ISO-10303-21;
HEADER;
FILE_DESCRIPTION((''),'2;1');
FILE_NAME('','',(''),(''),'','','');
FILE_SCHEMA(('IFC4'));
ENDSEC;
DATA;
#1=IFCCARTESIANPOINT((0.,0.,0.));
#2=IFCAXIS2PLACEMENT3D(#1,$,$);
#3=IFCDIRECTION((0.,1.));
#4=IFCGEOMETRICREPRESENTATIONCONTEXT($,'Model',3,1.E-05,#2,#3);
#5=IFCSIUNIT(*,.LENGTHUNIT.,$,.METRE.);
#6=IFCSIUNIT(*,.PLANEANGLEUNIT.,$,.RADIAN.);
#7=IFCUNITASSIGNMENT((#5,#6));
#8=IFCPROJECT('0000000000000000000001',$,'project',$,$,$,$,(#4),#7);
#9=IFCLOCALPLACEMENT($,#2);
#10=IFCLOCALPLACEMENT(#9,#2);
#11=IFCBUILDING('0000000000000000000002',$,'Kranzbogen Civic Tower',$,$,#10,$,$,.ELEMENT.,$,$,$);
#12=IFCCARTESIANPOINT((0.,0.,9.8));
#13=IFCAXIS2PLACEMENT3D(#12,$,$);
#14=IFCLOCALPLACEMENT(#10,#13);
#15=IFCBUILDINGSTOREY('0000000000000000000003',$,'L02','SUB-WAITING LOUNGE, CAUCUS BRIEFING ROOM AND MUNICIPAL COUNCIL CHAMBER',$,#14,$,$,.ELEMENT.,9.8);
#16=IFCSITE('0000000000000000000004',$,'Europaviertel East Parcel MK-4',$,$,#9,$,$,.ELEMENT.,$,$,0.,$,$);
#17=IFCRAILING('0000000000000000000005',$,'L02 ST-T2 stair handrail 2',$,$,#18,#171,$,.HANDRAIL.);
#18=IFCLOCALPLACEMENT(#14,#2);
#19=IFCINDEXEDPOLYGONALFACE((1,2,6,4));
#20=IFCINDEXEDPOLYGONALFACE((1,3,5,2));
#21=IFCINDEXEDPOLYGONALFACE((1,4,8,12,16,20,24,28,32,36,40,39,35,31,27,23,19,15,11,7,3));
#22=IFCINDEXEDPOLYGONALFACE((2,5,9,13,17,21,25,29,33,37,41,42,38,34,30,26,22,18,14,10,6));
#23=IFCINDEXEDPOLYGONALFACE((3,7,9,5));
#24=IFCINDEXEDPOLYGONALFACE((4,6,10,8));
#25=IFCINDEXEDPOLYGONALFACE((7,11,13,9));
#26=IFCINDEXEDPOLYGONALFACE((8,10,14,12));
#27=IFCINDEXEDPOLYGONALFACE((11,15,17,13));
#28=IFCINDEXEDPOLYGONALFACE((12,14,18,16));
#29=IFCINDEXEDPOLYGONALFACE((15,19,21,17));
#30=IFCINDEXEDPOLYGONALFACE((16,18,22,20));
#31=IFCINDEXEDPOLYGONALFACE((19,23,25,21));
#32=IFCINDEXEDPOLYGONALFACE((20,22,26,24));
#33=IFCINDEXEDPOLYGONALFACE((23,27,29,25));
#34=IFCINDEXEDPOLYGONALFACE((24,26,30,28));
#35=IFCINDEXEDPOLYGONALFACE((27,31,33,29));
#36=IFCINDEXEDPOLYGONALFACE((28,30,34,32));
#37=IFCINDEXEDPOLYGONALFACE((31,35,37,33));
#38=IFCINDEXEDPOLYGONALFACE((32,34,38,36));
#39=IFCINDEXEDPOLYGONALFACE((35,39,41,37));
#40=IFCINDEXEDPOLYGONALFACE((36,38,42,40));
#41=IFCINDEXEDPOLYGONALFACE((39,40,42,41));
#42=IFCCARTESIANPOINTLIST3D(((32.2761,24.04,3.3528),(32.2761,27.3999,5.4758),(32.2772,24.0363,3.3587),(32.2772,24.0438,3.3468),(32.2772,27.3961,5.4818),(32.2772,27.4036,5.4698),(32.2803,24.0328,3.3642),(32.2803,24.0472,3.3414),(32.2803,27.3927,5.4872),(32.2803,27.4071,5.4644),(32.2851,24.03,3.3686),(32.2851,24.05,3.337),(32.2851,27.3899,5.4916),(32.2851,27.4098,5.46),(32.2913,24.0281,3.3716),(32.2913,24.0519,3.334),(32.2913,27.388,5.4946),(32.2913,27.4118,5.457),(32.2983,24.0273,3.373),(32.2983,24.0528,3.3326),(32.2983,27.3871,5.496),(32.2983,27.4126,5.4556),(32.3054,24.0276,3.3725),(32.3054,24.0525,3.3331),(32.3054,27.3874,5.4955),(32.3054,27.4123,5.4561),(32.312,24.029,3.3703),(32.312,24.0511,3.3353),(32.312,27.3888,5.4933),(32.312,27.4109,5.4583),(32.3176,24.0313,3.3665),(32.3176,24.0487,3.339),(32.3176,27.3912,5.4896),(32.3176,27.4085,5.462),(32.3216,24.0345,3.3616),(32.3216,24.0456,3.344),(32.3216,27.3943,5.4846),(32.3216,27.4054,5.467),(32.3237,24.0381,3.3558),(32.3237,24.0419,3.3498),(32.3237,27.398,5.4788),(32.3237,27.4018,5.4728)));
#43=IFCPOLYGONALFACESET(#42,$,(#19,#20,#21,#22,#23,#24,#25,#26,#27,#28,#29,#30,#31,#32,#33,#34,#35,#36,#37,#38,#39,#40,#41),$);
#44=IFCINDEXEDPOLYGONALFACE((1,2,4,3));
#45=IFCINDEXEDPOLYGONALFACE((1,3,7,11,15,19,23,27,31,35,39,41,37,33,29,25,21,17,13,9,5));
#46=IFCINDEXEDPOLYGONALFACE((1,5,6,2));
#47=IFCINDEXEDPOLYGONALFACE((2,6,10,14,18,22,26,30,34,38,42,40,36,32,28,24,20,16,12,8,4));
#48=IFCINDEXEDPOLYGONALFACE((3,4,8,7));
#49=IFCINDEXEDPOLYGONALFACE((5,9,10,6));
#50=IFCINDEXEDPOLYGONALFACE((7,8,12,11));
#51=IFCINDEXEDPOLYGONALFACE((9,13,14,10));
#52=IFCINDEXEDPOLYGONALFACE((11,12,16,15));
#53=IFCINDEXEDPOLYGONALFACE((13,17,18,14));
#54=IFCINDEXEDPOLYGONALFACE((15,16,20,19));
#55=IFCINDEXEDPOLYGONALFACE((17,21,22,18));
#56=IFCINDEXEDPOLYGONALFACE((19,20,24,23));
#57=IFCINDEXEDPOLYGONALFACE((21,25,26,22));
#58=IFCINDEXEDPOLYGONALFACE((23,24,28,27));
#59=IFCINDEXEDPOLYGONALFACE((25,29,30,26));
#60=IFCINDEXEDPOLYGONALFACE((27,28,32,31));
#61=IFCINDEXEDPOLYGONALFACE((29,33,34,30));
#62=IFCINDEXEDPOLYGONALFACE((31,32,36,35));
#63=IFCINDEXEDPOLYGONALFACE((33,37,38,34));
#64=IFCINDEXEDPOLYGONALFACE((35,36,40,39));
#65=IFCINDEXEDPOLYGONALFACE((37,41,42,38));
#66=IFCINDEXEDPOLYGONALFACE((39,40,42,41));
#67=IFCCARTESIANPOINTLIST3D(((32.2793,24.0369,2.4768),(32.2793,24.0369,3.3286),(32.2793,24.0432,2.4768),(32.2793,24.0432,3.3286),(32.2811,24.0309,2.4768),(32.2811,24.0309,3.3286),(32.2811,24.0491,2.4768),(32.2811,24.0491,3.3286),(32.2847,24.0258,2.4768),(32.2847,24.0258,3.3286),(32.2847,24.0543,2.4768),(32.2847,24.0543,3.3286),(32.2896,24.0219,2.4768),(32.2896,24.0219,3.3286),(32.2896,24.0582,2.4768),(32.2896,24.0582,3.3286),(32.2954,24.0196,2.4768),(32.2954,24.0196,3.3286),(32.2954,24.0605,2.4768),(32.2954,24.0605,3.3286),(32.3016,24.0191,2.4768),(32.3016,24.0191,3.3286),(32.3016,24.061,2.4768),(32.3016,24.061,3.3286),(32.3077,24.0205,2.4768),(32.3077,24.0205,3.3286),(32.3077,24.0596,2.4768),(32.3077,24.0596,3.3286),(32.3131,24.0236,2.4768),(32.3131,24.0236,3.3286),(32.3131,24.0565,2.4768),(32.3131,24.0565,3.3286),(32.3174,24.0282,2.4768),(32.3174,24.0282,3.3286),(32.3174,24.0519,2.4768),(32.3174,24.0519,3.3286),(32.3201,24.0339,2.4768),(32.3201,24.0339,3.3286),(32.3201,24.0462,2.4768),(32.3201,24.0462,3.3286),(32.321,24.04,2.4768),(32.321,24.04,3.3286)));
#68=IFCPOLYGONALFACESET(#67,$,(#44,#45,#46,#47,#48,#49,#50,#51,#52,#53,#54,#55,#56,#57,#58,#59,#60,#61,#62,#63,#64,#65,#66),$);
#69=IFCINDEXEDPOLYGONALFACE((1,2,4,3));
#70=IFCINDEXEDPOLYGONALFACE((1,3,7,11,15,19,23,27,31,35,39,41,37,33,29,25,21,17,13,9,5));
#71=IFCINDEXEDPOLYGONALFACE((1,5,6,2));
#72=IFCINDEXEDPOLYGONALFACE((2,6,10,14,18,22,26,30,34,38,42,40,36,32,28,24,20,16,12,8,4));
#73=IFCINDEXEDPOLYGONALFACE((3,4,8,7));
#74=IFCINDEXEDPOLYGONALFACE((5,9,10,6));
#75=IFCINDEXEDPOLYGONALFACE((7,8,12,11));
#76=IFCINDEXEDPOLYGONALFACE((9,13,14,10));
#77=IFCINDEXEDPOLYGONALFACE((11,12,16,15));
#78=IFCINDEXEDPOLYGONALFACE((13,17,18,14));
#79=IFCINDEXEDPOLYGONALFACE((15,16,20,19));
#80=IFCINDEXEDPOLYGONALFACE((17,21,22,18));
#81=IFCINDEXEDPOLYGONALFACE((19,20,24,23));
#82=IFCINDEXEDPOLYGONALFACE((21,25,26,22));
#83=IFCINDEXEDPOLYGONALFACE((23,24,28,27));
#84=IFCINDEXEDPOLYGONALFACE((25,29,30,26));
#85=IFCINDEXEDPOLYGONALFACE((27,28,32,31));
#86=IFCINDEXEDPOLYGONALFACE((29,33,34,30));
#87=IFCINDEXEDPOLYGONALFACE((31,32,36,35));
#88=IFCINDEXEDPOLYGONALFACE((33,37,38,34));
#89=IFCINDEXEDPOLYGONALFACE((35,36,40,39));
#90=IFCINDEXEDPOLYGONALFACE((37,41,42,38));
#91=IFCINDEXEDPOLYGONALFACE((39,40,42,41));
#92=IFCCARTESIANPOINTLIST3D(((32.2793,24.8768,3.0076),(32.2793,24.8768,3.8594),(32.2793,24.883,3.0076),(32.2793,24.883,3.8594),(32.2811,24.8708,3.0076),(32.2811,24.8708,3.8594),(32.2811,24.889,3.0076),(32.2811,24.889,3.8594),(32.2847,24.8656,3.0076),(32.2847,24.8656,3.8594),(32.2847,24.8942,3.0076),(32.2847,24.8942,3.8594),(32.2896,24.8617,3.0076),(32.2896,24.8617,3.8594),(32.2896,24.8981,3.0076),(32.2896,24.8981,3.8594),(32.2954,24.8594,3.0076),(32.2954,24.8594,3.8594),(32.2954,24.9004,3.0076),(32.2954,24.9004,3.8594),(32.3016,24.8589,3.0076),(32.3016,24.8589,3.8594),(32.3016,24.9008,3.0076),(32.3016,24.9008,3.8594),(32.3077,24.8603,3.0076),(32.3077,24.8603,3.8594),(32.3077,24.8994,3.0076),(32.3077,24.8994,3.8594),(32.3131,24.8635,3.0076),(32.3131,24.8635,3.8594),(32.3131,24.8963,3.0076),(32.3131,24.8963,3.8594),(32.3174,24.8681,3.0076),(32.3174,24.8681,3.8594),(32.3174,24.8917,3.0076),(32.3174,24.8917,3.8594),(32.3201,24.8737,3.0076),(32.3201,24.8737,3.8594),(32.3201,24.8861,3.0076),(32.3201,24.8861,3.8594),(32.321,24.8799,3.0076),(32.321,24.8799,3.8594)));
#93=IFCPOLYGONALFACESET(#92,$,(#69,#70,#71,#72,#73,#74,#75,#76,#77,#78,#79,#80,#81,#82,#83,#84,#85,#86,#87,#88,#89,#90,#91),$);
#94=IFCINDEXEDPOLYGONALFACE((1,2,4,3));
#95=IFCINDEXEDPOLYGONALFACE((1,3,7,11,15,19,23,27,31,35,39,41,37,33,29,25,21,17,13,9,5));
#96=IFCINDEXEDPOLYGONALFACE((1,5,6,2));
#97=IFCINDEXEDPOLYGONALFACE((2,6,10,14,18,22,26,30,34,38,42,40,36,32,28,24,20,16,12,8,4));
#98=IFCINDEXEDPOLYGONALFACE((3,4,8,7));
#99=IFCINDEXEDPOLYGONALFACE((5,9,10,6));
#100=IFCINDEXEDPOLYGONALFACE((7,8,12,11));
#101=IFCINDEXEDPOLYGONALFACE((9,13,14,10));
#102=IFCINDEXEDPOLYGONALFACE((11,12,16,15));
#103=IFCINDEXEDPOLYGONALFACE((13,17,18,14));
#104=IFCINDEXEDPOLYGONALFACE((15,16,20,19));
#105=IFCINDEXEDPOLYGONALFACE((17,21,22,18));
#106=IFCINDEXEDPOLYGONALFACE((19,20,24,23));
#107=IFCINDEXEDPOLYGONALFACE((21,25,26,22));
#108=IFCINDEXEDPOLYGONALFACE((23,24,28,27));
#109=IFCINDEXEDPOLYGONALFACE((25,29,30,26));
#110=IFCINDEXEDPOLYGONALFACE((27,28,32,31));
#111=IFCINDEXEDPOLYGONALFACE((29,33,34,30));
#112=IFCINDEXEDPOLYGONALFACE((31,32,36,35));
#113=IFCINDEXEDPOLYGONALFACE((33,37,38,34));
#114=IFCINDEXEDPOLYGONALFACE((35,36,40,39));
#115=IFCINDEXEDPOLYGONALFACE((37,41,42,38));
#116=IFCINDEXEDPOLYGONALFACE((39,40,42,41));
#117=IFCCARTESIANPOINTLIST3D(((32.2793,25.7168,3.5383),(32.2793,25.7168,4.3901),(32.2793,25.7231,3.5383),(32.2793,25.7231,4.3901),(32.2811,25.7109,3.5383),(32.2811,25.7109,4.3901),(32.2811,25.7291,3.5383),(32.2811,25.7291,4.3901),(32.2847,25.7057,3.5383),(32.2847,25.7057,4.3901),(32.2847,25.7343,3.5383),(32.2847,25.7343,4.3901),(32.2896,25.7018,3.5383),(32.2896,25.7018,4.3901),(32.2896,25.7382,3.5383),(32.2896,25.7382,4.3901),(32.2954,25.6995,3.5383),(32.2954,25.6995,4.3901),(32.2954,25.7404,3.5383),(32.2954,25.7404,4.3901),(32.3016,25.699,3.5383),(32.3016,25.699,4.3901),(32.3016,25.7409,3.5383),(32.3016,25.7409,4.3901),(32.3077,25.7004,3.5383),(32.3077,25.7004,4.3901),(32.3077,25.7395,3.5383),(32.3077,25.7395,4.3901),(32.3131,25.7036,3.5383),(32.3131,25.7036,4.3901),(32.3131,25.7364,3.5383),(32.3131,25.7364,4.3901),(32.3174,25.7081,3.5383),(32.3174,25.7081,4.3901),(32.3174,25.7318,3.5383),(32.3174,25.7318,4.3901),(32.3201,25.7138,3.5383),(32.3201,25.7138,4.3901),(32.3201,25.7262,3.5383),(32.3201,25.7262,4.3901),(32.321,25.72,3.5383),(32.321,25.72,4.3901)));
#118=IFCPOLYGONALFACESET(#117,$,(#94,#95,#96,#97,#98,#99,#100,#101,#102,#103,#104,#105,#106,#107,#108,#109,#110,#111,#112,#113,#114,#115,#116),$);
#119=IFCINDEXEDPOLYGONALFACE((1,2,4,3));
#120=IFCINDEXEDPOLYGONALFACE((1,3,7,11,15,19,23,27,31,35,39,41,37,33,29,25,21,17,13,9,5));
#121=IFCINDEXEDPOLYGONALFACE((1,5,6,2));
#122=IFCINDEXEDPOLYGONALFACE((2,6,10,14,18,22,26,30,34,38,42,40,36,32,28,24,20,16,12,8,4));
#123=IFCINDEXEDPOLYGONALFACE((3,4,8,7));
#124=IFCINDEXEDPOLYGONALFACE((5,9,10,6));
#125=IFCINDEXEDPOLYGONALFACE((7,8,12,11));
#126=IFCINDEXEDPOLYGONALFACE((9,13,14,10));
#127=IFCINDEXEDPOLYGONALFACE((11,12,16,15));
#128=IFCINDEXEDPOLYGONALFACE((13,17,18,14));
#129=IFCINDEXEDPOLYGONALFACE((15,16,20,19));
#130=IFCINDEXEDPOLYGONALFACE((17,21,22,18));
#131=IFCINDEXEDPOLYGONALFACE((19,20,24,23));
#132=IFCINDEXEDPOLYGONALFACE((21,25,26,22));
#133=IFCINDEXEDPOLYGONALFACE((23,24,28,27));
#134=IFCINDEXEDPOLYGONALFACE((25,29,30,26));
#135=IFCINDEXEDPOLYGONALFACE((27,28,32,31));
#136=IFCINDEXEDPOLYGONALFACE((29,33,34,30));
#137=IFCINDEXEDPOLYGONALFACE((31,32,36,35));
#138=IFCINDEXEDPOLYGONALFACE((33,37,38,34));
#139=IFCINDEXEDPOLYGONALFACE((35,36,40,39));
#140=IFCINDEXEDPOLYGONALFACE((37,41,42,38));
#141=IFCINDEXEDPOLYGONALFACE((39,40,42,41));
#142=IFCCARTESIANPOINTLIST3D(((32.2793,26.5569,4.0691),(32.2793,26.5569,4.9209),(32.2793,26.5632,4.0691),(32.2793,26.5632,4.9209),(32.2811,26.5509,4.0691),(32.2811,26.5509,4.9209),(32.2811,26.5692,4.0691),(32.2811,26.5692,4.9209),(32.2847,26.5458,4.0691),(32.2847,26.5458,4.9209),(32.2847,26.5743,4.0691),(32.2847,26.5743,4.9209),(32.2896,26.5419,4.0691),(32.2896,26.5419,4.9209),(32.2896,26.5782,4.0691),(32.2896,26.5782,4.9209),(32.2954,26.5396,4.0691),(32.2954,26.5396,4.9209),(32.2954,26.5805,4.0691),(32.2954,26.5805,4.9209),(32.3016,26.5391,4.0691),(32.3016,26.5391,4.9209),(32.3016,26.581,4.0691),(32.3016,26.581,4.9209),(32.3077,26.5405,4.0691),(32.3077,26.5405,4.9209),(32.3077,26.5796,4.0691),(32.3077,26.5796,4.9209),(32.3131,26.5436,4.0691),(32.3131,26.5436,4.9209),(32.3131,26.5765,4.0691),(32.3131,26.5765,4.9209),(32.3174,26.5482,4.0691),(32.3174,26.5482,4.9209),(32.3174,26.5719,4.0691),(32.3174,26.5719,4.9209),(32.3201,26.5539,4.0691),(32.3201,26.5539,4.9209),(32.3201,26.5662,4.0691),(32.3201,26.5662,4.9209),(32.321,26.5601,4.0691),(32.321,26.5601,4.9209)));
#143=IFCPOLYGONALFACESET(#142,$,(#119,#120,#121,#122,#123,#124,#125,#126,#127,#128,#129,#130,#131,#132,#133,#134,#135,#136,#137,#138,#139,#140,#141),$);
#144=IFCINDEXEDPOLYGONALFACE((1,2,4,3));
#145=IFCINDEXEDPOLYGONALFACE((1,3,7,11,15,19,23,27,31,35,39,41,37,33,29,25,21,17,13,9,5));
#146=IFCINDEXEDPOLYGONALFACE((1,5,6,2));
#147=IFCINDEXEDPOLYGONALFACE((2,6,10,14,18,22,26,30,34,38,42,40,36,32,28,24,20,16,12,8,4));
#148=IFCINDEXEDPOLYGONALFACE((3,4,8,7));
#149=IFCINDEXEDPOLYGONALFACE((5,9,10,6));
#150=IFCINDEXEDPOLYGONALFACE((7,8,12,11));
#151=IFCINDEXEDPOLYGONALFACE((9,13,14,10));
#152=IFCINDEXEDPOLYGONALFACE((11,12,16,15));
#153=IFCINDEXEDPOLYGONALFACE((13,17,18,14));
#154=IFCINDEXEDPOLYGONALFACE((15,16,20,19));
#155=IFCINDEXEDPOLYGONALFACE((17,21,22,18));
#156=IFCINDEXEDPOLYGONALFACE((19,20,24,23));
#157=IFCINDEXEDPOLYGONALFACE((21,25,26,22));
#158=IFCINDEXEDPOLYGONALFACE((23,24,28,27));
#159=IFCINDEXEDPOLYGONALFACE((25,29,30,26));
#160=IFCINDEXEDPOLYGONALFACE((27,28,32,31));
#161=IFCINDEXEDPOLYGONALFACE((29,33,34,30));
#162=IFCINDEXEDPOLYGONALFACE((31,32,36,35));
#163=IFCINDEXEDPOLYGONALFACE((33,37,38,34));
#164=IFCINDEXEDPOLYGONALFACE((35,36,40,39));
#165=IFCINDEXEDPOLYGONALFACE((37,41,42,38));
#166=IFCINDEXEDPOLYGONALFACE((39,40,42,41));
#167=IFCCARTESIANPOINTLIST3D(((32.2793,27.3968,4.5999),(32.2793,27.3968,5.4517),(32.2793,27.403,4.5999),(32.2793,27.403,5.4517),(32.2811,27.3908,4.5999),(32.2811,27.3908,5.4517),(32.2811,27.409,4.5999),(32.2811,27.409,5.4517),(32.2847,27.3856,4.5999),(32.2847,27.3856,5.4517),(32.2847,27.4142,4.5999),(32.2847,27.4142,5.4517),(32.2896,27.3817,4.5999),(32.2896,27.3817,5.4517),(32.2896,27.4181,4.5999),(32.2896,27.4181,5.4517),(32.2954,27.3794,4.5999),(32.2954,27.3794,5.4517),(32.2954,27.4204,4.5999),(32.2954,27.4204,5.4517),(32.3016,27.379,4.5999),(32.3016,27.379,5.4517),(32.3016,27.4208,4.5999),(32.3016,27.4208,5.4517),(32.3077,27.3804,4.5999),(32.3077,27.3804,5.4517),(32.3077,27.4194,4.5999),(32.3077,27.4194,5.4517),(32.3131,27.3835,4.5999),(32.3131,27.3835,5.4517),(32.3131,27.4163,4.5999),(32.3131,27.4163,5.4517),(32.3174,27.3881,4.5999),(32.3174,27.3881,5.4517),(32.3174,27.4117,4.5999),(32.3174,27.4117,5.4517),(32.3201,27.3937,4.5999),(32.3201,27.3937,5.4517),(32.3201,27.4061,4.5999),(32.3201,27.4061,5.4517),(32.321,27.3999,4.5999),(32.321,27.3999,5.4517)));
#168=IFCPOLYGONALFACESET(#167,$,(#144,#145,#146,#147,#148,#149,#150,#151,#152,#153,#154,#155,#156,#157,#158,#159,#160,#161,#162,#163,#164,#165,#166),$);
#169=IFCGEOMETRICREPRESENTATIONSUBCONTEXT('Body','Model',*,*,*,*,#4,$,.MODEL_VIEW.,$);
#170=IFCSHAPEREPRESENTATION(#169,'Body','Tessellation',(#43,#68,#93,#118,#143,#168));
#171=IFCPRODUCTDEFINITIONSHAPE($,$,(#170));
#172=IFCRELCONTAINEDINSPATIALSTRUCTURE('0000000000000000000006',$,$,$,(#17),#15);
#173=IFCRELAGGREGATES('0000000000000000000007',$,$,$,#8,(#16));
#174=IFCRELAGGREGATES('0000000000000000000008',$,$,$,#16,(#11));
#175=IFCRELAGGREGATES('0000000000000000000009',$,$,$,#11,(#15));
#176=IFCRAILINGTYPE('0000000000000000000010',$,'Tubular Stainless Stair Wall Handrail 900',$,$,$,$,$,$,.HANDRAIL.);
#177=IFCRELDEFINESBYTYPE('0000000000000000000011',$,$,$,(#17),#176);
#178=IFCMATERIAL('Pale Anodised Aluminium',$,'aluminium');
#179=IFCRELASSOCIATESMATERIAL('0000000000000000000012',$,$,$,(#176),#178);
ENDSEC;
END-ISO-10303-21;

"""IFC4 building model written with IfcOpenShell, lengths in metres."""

from ifc_helpers import new_model, si_unit, direction, frame, origin, origin_2d, place, context, subcontext, project, spatial, circle, extrude, material, type_object, element, save


model = new_model("IFC4")

# Units and contexts
model_context = context("Model", 3, precision=1e-05, world=origin(), true_north=direction((0.0, 1.0)))
body_context = subcontext(model_context, "Body", "Model", "MODEL_VIEW")
ifc_project = project(units=[si_unit("LENGTHUNIT", "METRE"), si_unit("PLANEANGLEUNIT", "RADIAN")], contexts=[model_context])

# Site, building, storey
site_placement = place(None, origin())
site = spatial("IfcSite", under=ifc_project, at=site_placement, Name="Europaviertel East Parcel MK-4", CompositionType="ELEMENT", RefElevation=0.0)
building_placement = place(site_placement, origin())
building = spatial("IfcBuilding", under=site, at=building_placement, Name="Kranzbogen Civic Tower", CompositionType="ELEMENT")
storey_placement = place(building_placement, frame((0.0, 0.0, 9.8)))
storey = spatial("IfcBuildingStorey", under=building, at=storey_placement, Name="L02", Description="SUB-WAITING LOUNGE, CAUCUS BRIEFING ROOM AND MUNICIPAL COUNCIL CHAMBER", CompositionType="ELEMENT", Elevation=9.8)

# Railing
ifc_material_1 = material(Name="Pale Anodised Aluminium", Category="aluminium")
railing_type_1 = type_object("IfcRailingType", Name="Tubular Stainless Stair Wall Handrail 900", PredefinedType="HANDRAIL", material=ifc_material_1)
railing_1_placement = place(storey_placement, frame((32.3, 24.04, 2.4768)))
element("IfcRailing", 1, at=railing_1_placement, inside=storey, type_object=railing_type_1, Name="L02 ST-T2 stair handrail 2", PredefinedType="HANDRAIL", context=body_context, shape_type="SweptSolid", body=[
    extrude(circle(Radius=0.0239, at=origin_2d()), frame((0.0, 0.0, 0.876), z_axis=(0.0, 0.845372, 0.534178), x_axis=(-1.0, 0.0, 0.0)), (0.0, 0.0, 1.0), 3.9744),
    extrude(circle(Radius=0.021, at=origin_2d()), origin(), (0.0, 0.0, 1.0), 0.8518),
    extrude(circle(Radius=0.021, at=origin_2d()), frame((0.0, 0.8398, 0.5308)), (0.0, 0.0, 1.0), 0.8518),
    extrude(circle(Radius=0.021, at=origin_2d()), frame((0.0, 1.6799, 1.0615)), (0.0, 0.0, 1.0), 0.8518),
    extrude(circle(Radius=0.021, at=origin_2d()), frame((0.0, 2.52, 1.5923)), (0.0, 0.0, 1.0), 0.8518),
    extrude(circle(Radius=0.021, at=origin_2d()), frame((0.0, 3.3599, 2.123)), (0.0, 0.0, 1.0), 0.8518),
])

save(model, "model.ifc")
